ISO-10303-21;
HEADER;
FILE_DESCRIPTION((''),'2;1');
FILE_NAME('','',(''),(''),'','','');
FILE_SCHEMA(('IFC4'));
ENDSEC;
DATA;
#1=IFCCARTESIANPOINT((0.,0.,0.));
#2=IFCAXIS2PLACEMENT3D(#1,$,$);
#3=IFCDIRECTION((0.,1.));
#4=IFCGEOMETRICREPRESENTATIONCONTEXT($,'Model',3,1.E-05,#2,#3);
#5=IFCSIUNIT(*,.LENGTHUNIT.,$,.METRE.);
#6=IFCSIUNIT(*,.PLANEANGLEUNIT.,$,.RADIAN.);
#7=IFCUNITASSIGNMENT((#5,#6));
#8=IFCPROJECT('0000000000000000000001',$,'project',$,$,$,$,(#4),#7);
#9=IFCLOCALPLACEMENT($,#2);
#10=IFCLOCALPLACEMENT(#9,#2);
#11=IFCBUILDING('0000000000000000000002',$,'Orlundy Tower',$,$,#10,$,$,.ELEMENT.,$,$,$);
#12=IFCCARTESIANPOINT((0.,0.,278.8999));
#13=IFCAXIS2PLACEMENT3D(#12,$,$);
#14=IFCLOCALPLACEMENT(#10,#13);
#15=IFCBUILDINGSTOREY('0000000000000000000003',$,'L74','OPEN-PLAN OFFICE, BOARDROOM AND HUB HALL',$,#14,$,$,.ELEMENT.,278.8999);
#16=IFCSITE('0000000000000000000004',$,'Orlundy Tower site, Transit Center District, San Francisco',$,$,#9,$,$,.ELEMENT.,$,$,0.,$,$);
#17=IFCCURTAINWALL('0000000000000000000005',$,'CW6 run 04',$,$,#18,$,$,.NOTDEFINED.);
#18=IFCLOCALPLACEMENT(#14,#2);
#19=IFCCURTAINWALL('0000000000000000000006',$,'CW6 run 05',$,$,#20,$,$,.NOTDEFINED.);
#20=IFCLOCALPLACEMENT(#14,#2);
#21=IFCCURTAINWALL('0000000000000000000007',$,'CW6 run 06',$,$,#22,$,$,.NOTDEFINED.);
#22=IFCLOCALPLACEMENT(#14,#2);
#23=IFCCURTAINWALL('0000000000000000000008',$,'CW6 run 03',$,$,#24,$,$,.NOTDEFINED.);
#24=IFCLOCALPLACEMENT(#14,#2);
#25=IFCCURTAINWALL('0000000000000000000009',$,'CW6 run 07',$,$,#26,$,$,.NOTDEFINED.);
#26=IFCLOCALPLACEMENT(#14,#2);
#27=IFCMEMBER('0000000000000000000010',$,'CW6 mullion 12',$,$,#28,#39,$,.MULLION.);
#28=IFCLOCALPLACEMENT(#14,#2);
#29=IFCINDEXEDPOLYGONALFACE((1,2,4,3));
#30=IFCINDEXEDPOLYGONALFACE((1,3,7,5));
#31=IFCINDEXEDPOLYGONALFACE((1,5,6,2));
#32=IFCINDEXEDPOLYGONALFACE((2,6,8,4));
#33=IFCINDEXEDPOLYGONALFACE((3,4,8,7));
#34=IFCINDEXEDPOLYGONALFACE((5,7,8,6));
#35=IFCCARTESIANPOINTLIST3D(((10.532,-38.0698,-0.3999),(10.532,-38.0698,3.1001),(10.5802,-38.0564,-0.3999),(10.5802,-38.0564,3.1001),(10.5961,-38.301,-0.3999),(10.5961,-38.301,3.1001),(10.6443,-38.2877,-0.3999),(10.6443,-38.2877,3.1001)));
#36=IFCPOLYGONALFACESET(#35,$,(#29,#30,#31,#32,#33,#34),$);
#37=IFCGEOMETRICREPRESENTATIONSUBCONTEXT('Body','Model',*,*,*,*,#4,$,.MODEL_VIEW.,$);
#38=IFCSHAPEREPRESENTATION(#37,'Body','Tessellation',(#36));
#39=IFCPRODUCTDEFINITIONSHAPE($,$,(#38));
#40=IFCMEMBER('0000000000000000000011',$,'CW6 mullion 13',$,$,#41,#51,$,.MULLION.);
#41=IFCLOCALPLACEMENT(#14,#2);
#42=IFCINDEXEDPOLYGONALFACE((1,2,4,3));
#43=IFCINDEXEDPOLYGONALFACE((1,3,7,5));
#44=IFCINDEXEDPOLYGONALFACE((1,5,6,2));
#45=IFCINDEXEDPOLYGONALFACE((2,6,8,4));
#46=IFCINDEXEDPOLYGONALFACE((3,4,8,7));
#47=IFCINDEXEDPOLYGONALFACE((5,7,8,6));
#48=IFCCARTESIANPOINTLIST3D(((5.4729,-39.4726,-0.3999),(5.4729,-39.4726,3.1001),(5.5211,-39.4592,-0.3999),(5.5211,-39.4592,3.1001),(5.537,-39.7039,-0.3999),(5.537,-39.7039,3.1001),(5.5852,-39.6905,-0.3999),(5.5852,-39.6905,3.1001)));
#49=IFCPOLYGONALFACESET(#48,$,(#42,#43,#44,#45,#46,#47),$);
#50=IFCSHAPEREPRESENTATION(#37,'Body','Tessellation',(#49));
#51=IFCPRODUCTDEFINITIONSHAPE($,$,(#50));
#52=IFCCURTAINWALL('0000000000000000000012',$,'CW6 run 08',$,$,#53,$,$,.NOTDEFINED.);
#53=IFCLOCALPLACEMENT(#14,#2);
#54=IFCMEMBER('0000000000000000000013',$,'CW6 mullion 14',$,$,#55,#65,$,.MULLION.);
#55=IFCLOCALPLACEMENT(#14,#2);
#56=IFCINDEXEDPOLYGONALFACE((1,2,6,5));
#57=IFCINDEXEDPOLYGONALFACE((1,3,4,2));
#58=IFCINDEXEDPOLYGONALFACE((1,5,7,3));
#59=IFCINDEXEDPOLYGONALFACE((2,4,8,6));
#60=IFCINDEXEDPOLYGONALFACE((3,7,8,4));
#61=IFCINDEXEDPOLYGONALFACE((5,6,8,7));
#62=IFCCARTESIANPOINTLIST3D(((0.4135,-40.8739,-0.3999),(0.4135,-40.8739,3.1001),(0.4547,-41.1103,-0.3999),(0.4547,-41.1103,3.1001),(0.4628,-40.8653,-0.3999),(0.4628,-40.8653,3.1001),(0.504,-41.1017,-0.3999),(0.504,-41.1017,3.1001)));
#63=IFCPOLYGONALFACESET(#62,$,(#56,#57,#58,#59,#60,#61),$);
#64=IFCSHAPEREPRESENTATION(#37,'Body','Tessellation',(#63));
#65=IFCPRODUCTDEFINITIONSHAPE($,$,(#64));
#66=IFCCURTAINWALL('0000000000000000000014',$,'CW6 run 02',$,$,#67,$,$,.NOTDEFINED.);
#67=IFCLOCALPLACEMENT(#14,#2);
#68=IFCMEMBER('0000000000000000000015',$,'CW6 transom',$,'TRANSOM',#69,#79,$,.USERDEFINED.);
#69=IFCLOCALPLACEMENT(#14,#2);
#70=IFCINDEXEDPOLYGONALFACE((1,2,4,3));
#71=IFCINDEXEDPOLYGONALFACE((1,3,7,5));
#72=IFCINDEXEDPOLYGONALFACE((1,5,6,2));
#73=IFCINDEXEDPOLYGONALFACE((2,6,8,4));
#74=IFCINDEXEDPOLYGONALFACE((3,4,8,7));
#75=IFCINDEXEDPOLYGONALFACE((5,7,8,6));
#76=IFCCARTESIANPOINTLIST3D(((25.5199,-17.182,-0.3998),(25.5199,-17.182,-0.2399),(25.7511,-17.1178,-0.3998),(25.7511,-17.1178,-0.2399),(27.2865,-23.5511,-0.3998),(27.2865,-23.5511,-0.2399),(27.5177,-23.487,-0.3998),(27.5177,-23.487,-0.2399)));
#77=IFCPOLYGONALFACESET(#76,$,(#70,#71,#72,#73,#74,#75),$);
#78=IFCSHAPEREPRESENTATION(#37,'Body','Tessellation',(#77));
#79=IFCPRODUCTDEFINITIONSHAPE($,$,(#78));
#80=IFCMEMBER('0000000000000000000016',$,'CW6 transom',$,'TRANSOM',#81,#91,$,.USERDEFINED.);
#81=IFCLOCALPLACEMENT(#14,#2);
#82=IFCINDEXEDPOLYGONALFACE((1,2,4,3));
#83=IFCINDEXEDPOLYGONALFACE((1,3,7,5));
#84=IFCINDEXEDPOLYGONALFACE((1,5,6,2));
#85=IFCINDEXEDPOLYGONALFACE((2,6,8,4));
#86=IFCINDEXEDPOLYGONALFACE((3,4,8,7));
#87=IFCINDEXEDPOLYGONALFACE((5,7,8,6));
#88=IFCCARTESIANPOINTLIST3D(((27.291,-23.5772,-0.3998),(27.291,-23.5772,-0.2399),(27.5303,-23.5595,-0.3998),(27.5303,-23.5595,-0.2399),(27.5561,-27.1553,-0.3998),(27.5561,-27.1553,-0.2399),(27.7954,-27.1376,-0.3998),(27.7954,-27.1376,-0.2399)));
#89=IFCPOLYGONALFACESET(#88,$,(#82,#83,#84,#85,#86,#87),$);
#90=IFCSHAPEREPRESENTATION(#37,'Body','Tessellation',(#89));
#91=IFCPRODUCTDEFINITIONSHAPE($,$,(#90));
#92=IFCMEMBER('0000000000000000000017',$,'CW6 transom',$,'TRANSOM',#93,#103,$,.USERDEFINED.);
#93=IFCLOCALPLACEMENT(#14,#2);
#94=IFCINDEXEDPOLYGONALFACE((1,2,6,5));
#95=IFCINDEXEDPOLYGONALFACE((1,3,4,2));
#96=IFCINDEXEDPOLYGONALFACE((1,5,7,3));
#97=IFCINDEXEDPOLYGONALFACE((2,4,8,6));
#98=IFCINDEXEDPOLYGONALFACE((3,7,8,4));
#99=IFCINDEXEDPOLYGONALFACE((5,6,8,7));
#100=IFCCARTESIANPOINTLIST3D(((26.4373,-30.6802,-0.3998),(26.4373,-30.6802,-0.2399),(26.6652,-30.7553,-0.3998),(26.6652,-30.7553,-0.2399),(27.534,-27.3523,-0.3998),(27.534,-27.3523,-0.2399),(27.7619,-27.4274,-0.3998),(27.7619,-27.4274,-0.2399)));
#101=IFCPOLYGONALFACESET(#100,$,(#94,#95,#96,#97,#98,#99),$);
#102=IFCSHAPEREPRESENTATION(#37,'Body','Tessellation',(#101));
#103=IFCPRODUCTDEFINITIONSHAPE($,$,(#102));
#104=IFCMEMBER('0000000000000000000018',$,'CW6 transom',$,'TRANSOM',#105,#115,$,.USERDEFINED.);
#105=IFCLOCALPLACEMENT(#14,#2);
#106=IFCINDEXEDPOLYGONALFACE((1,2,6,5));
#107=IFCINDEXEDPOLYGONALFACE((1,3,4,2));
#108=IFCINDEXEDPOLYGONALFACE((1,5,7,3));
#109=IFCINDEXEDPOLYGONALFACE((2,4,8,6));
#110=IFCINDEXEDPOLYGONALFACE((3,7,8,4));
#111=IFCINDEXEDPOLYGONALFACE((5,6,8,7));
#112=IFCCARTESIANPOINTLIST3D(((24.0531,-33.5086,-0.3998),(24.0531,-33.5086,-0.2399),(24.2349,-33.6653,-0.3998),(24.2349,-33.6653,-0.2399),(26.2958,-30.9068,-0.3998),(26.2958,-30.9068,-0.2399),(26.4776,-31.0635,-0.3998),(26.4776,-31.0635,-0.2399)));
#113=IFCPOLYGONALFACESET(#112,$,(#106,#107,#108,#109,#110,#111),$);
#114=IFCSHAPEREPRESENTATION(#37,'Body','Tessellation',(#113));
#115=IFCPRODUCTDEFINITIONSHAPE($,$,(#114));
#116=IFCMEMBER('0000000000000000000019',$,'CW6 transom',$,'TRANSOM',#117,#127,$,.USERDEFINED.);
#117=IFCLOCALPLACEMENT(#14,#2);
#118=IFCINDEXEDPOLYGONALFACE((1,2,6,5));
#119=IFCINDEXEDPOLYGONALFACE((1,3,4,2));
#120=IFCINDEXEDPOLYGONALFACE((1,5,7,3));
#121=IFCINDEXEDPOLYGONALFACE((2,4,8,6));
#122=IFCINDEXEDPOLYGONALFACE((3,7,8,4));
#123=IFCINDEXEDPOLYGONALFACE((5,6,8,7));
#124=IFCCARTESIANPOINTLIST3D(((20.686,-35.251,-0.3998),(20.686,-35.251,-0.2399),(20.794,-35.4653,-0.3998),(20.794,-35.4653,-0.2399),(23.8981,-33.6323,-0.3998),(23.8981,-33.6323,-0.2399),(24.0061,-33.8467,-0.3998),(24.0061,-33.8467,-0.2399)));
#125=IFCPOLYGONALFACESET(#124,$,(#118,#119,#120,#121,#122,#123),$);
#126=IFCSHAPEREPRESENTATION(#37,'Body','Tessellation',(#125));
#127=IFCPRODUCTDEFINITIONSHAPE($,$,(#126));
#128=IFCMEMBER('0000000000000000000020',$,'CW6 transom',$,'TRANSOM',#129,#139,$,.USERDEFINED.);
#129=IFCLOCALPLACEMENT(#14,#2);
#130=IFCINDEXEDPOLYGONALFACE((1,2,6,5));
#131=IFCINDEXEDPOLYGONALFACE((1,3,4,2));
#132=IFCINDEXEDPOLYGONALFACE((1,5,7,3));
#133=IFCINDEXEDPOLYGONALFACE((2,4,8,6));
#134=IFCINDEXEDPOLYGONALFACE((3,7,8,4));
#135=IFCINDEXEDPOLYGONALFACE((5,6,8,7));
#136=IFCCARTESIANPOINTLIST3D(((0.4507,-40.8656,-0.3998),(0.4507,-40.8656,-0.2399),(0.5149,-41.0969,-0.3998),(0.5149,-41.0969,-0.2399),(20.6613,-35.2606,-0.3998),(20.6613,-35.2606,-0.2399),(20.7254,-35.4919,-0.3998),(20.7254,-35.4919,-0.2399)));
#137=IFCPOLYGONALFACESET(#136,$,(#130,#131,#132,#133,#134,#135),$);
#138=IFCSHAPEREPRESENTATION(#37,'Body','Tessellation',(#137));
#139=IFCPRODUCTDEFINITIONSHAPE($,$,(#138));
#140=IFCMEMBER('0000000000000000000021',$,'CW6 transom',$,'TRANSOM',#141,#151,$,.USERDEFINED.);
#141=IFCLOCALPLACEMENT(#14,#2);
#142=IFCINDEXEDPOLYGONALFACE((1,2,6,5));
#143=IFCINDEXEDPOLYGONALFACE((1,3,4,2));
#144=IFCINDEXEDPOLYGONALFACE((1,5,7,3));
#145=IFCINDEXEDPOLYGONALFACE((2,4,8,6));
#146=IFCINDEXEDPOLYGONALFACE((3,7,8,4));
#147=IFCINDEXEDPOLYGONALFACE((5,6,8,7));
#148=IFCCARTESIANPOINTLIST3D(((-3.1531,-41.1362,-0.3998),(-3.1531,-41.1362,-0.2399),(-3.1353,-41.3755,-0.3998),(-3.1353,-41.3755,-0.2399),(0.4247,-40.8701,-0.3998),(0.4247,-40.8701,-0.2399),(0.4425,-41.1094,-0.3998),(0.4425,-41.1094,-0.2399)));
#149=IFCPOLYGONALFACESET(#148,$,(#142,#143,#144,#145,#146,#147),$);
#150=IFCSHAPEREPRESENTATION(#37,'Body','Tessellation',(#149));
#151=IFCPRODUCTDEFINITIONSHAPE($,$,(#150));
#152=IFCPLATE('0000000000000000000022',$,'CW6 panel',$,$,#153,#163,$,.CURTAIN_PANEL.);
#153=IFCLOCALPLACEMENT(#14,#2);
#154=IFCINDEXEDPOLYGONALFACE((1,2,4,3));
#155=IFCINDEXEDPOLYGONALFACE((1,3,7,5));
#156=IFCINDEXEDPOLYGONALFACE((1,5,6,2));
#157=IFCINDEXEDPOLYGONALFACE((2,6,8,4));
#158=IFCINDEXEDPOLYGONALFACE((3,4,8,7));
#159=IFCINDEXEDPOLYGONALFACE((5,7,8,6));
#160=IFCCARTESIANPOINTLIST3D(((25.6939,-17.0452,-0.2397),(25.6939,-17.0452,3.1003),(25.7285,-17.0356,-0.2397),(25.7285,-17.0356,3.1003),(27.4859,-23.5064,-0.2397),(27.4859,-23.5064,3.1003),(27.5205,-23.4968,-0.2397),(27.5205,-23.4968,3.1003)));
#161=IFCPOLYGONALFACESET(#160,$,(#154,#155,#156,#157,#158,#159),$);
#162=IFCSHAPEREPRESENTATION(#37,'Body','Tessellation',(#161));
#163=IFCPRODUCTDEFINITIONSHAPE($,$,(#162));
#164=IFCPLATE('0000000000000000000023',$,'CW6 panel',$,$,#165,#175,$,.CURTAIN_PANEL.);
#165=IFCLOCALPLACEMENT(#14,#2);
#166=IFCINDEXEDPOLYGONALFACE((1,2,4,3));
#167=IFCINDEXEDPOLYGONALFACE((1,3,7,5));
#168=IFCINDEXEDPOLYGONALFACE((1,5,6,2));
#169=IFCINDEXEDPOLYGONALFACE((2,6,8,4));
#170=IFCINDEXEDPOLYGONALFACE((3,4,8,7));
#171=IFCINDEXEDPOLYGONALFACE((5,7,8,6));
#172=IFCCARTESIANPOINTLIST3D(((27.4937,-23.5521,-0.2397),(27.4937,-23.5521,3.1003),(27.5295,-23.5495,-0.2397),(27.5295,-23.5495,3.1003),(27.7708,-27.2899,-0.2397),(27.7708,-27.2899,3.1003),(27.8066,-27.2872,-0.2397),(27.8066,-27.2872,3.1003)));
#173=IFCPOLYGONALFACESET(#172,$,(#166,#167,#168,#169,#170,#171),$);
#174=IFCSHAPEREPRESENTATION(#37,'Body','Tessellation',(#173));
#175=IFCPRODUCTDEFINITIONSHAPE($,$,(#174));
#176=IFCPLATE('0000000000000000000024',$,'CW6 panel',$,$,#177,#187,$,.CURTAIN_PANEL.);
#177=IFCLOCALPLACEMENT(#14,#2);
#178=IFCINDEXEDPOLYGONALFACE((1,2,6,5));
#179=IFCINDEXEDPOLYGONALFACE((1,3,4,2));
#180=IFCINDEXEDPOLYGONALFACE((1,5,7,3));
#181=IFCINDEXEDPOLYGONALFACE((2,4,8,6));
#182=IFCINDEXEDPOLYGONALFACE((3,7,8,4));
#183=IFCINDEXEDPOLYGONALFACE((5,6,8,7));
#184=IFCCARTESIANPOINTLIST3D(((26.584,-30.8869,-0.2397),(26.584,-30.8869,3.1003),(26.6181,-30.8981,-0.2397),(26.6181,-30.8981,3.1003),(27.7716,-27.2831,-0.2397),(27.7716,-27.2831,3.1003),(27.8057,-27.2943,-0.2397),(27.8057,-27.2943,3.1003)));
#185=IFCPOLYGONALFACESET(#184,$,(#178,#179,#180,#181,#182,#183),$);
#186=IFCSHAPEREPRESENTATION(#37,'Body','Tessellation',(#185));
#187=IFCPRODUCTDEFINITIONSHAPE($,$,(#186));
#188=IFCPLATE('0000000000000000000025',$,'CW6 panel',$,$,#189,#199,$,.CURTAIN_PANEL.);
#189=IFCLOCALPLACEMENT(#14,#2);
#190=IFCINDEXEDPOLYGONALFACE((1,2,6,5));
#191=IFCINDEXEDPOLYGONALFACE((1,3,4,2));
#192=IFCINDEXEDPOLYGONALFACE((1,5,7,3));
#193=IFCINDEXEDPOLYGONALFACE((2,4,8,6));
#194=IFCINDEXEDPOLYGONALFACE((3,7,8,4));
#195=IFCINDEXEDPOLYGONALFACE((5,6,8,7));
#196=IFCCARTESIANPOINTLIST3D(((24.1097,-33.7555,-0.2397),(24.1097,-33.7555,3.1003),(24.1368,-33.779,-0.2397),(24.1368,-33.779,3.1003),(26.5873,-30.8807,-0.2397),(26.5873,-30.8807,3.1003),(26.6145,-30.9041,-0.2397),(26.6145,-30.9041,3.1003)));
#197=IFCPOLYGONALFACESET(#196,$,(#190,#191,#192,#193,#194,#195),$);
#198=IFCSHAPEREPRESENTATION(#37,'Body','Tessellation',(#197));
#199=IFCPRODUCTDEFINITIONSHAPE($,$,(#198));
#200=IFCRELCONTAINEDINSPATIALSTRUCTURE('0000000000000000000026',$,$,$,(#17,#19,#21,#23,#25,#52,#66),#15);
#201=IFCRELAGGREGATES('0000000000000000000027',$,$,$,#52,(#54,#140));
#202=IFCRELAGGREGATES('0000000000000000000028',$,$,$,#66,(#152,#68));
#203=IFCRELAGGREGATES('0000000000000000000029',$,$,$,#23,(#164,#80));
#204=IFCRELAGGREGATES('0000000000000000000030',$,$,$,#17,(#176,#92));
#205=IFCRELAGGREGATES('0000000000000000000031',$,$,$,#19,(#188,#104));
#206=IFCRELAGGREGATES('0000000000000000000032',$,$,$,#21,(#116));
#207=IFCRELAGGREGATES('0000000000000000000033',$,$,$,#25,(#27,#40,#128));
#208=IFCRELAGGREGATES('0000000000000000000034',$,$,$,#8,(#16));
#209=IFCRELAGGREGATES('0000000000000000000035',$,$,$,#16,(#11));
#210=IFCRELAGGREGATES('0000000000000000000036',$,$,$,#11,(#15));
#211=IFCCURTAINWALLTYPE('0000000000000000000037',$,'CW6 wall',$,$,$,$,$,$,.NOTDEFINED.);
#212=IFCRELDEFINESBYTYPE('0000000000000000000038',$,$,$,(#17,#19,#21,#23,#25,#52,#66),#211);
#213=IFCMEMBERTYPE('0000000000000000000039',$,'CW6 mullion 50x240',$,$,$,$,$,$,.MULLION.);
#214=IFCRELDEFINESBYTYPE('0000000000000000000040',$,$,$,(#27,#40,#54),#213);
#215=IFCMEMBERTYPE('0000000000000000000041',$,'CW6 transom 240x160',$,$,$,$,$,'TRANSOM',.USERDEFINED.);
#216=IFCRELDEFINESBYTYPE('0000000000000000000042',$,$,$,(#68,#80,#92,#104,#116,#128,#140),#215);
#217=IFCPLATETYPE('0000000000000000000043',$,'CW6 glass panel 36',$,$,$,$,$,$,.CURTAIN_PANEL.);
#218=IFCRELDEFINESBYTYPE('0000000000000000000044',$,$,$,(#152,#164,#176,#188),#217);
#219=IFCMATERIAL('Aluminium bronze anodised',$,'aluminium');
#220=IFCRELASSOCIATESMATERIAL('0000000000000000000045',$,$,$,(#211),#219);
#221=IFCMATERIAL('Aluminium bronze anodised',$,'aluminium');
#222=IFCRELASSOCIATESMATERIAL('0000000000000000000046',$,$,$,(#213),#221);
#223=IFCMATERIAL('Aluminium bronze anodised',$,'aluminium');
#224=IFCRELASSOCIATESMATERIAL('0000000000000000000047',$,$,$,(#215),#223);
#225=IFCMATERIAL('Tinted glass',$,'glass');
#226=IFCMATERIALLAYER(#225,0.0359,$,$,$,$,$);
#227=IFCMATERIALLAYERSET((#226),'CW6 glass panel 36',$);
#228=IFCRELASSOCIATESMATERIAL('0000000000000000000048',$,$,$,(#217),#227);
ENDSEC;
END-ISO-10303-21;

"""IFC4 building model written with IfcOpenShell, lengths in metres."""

from ifc_helpers import new_model, si_unit, direction, frame, origin, origin_2d, place, context, subcontext, project, spatial, rectangle, extrude, material, layer, layer_set, material_profile, profile_set, type_object, element, aggregate, save


model = new_model("IFC4")

# Units and contexts
model_context = context("Model", 3, precision=1e-05, world=origin(), true_north=direction((0.0, 1.0)))
body_context = subcontext(model_context, "Body", "Model", "MODEL_VIEW")
ifc_project = project(units=[si_unit("LENGTHUNIT", "METRE"), si_unit("PLANEANGLEUNIT", "RADIAN")], contexts=[model_context])

# Site, building, storey
site_placement = place(None, origin())
site = spatial("IfcSite", under=ifc_project, at=site_placement, Name="Orlundy Tower site, Transit Center District, San Francisco", CompositionType="ELEMENT", RefElevation=0.0)
building_placement = place(site_placement, origin())
building = spatial("IfcBuilding", under=site, at=building_placement, Name="Orlundy Tower", CompositionType="ELEMENT")
storey_placement = place(building_placement, frame((0.0, 0.0, 278.8999)))
storey = spatial("IfcBuildingStorey", under=building, at=storey_placement, Name="L74", Description="OPEN-PLAN OFFICE, BOARDROOM AND HUB HALL", CompositionType="ELEMENT", Elevation=278.8999)

# Curtain walls
ifc_material_1 = material(Name="Aluminium bronze anodised", Category="aluminium")
curtain_wall_type = type_object("IfcCurtainWallType", Name="CW6 wall", PredefinedType="NOTDEFINED", material=ifc_material_1)
curtain_wall_1_placement = place(storey_placement, origin())
curtain_wall_1 = element("IfcCurtainWall", 1, at=curtain_wall_1_placement, inside=storey, type_object=curtain_wall_type, Name="CW6 run 04", PredefinedType="NOTDEFINED")
curtain_wall_2_placement = place(storey_placement, origin())
curtain_wall_2 = element("IfcCurtainWall", 2, at=curtain_wall_2_placement, inside=storey, type_object=curtain_wall_type, Name="CW6 run 05", PredefinedType="NOTDEFINED")
curtain_wall_3_placement = place(storey_placement, origin())
curtain_wall_3 = element("IfcCurtainWall", 3, at=curtain_wall_3_placement, inside=storey, type_object=curtain_wall_type, Name="CW6 run 06", PredefinedType="NOTDEFINED")
curtain_wall_4_placement = place(storey_placement, origin())
curtain_wall_4 = element("IfcCurtainWall", 4, at=curtain_wall_4_placement, inside=storey, type_object=curtain_wall_type, Name="CW6 run 03", PredefinedType="NOTDEFINED")
ifc_material_2 = material(Name="Aluminium bronze anodised", Category="aluminium")
ifc_material_profile_1 = material_profile(ifc_material_2, rectangle(XDim=0.24, YDim=0.05, at=origin_2d()), Name="CW6 mullion 50x240")
ifc_profile_set_1 = profile_set([ifc_material_profile_1], Name="Aluminium bronze anodised")
member_type_1 = type_object("IfcMemberType", Name="CW6 mullion 50x240", PredefinedType="MULLION", material=ifc_profile_set_1)

# Curtain wall, members
curtain_wall_5_placement = place(storey_placement, origin())
curtain_wall_5 = element("IfcCurtainWall", 5, at=curtain_wall_5_placement, inside=storey, type_object=curtain_wall_type, Name="CW6 run 07", PredefinedType="NOTDEFINED")
member_1_placement = place(storey_placement, frame((10.5881, -38.1787, -0.3999), z_axis=(0.0, 0.0, 1.0), x_axis=(0.267241, -0.96363, 0.0)))
member_1 = element("IfcMember", 6, at=member_1_placement, type_object=member_type_1, Name="CW6 mullion 12", PredefinedType="MULLION", context=body_context, shape_type="SweptSolid", body=[
    extrude(rectangle(XDim=0.24, YDim=0.05, at=origin_2d()), origin(), (0.0, 0.0, 1.0), 3.5),
])
member_2_placement = place(storey_placement, frame((5.5291, -39.5815, -0.3999), z_axis=(0.0, 0.0, 1.0), x_axis=(0.267241, -0.96363, 0.0)))
member_2 = element("IfcMember", 7, at=member_2_placement, type_object=member_type_1, Name="CW6 mullion 13", PredefinedType="MULLION", context=body_context, shape_type="SweptSolid", body=[
    extrude(rectangle(XDim=0.24, YDim=0.05, at=origin_2d()), origin(), (0.0, 0.0, 1.0), 3.5),
])

# Curtain walls, members
curtain_wall_6_placement = place(storey_placement, origin())
curtain_wall_6 = element("IfcCurtainWall", 8, at=curtain_wall_6_placement, inside=storey, type_object=curtain_wall_type, Name="CW6 run 08", PredefinedType="NOTDEFINED")
member_3_placement = place(storey_placement, frame((0.4587, -40.9878, -0.3999), z_axis=(0.0, 0.0, 1.0), x_axis=(0.171536, -0.985178, 0.0)))
member_3 = element("IfcMember", 9, at=member_3_placement, type_object=member_type_1, Name="CW6 mullion 14", PredefinedType="MULLION", context=body_context, shape_type="SweptSolid", body=[
    extrude(rectangle(XDim=0.24, YDim=0.05, at=origin_2d()), origin(), (0.0, 0.0, 1.0), 3.5),
])
curtain_wall_7_placement = place(storey_placement, origin())
curtain_wall_7 = element("IfcCurtainWall", 10, at=curtain_wall_7_placement, inside=storey, type_object=curtain_wall_type, Name="CW6 run 02", PredefinedType="NOTDEFINED")
ifc_material_3 = material(Name="Aluminium bronze anodised", Category="aluminium")
ifc_material_profile_2 = material_profile(ifc_material_3, rectangle(XDim=0.24, YDim=0.1599, at=origin_2d()), Name="CW6 transom 240x160")
ifc_profile_set_2 = profile_set([ifc_material_profile_2], Name="Aluminium bronze anodised")
member_type_2 = type_object("IfcMemberType", Name="CW6 transom 240x160", ElementType="TRANSOM", PredefinedType="USERDEFINED", material=ifc_profile_set_2)
member_4_placement = place(storey_placement, frame((25.6355, -17.1499, -0.3198), z_axis=(0.267278, -0.963619, 0.0), x_axis=(0.963619, 0.267278, 0.0)))
member_4 = element("IfcMember", 11, at=member_4_placement, type_object=member_type_2, Name="CW6 transom", ObjectType="TRANSOM", PredefinedType="USERDEFINED", context=body_context, shape_type="SweptSolid", body=[
    extrude(rectangle(XDim=0.24, YDim=0.1599, at=origin_2d()), origin(), (0.0, 0.0, 1.0), 6.6096),
])

# Members
member_5_placement = place(storey_placement, frame((27.4106, -23.5684, -0.3198), z_axis=(0.073897, -0.997266, 0.0), x_axis=(0.997266, 0.073897, 0.0)))
member_5 = element("IfcMember", 12, at=member_5_placement, type_object=member_type_2, Name="CW6 transom", ObjectType="TRANSOM", PredefinedType="USERDEFINED", context=body_context, shape_type="SweptSolid", body=[
    extrude(rectangle(XDim=0.24, YDim=0.1599, at=origin_2d()), origin(), (0.0, 0.0, 1.0), 3.5879),
])
member_6_placement = place(storey_placement, frame((27.6479, -27.3899, -0.3198), z_axis=(-0.312986, -0.949758, 0.0), x_axis=(0.949758, -0.312986, 0.0)))
member_6 = element("IfcMember", 13, at=member_6_placement, type_object=member_type_2, Name="CW6 transom", ObjectType="TRANSOM", PredefinedType="USERDEFINED", context=body_context, shape_type="SweptSolid", body=[
    extrude(rectangle(XDim=0.24, YDim=0.1599, at=origin_2d()), origin(), (0.0, 0.0, 1.0), 3.5039),
])
member_7_placement = place(storey_placement, frame((26.3867, -30.9851, -0.3198), z_axis=(-0.652896, -0.757448, 0.0), x_axis=(0.757448, -0.652896, 0.0)))
member_7 = element("IfcMember", 14, at=member_7_placement, type_object=member_type_2, Name="CW6 transom", ObjectType="TRANSOM", PredefinedType="USERDEFINED", context=body_context, shape_type="SweptSolid", body=[
    extrude(rectangle(XDim=0.24, YDim=0.1599, at=origin_2d()), origin(), (0.0, 0.0, 1.0), 3.4351),
])
member_8_placement = place(storey_placement, frame((23.9521, -33.7395, -0.3198), z_axis=(-0.893025, -0.450008, 0.0), x_axis=(0.450008, -0.893025, 0.0)))
member_8 = element("IfcMember", 15, at=member_8_placement, type_object=member_type_2, Name="CW6 transom", ObjectType="TRANSOM", PredefinedType="USERDEFINED", context=body_context, shape_type="SweptSolid", body=[
    extrude(rectangle(XDim=0.24, YDim=0.1599, at=origin_2d()), origin(), (0.0, 0.0, 1.0), 3.5969),
])
member_9_placement = place(storey_placement, frame((20.6934, -35.3762, -0.3198), z_axis=(-0.963629, -0.267244, 0.0), x_axis=(0.267244, -0.963629, 0.0)))
member_9 = element("IfcMember", 16, at=member_9_placement, type_object=member_type_2, Name="CW6 transom", ObjectType="TRANSOM", PredefinedType="USERDEFINED", context=body_context, shape_type="SweptSolid", body=[
    extrude(rectangle(XDim=0.24, YDim=0.1599, at=origin_2d()), origin(), (0.0, 0.0, 1.0), 20.9734),
])
member_10_placement = place(storey_placement, frame((0.4336, -40.9897, -0.3198), z_axis=(-0.997245, -0.074172, 0.0), x_axis=(0.074172, -0.997245, 0.0)))
member_10 = element("IfcMember", 17, at=member_10_placement, type_object=member_type_2, Name="CW6 transom", ObjectType="TRANSOM", PredefinedType="USERDEFINED", context=body_context, shape_type="SweptSolid", body=[
    extrude(rectangle(XDim=0.24, YDim=0.1599, at=origin_2d()), origin(), (0.0, 0.0, 1.0), 3.5876),
])
aggregate(curtain_wall_6, [member_3, member_10])

# Plates
ifc_material_4 = material(Name="Tinted glass", Category="glass")
ifc_layer_1 = layer(ifc_material_4, 0.0359)
ifc_layer_set_1 = layer_set([ifc_layer_1], Name="CW6 glass panel 36")
plate_type = type_object("IfcPlateType", Name="CW6 glass panel 36", PredefinedType="CURTAIN_PANEL", material=ifc_layer_set_1)
plate_1_placement = place(storey_placement, frame((26.6072, -20.271, -0.2397), z_axis=(0.0, 0.0, 1.0), x_axis=(0.267256, -0.963626, 0.0)))
plate_1 = element("IfcPlate", 18, at=plate_1_placement, type_object=plate_type, Name="CW6 panel", PredefinedType="CURTAIN_PANEL", context=body_context, shape_type="SweptSolid", body=[
    extrude(rectangle(XDim=6.7051, YDim=0.0359, at=origin_2d()), origin(), (0.0, 0.0, 1.0), 3.3401),
])
aggregate(curtain_wall_7, [plate_1, member_4])
plate_2_placement = place(storey_placement, frame((27.6501, -25.4197, -0.2397), z_axis=(0.0, 0.0, 1.0), x_axis=(0.073911, -0.997265, 0.0)))
plate_2 = element("IfcPlate", 19, at=plate_2_placement, type_object=plate_type, Name="CW6 panel", PredefinedType="CURTAIN_PANEL", context=body_context, shape_type="SweptSolid", body=[
    extrude(rectangle(XDim=3.748, YDim=0.0359, at=origin_2d()), origin(), (0.0, 0.0, 1.0), 3.3401),
])
aggregate(curtain_wall_4, [plate_2, member_5])
plate_3_placement = place(storey_placement, frame((27.1948, -29.0906, -0.2397), z_axis=(0.0, 0.0, 1.0), x_axis=(-0.312988, -0.949757, 0.0)))
plate_3 = element("IfcPlate", 20, at=plate_3_placement, type_object=plate_type, Name="CW6 panel", PredefinedType="CURTAIN_PANEL", context=body_context, shape_type="SweptSolid", body=[
    extrude(rectangle(XDim=3.7944, YDim=0.0359, at=origin_2d()), origin(), (0.0, 0.0, 1.0), 3.3401),
])
aggregate(curtain_wall_1, [plate_3, member_6])
plate_4_placement = place(storey_placement, frame((25.3621, -32.3298, -0.2397), z_axis=(0.0, 0.0, 1.0), x_axis=(-0.652833, -0.757502, 0.0)))
plate_4 = element("IfcPlate", 21, at=plate_4_placement, type_object=plate_type, Name="CW6 panel", PredefinedType="CURTAIN_PANEL", context=body_context, shape_type="SweptSolid", body=[
    extrude(rectangle(XDim=3.7952, YDim=0.0359, at=origin_2d()), origin(), (0.0, 0.0, 1.0), 3.3401),
])
aggregate(curtain_wall_2, [plate_4, member_7])
aggregate(curtain_wall_3, [member_8])
aggregate(curtain_wall_5, [member_1, member_2, member_9])

save(model, "model.ifc")
